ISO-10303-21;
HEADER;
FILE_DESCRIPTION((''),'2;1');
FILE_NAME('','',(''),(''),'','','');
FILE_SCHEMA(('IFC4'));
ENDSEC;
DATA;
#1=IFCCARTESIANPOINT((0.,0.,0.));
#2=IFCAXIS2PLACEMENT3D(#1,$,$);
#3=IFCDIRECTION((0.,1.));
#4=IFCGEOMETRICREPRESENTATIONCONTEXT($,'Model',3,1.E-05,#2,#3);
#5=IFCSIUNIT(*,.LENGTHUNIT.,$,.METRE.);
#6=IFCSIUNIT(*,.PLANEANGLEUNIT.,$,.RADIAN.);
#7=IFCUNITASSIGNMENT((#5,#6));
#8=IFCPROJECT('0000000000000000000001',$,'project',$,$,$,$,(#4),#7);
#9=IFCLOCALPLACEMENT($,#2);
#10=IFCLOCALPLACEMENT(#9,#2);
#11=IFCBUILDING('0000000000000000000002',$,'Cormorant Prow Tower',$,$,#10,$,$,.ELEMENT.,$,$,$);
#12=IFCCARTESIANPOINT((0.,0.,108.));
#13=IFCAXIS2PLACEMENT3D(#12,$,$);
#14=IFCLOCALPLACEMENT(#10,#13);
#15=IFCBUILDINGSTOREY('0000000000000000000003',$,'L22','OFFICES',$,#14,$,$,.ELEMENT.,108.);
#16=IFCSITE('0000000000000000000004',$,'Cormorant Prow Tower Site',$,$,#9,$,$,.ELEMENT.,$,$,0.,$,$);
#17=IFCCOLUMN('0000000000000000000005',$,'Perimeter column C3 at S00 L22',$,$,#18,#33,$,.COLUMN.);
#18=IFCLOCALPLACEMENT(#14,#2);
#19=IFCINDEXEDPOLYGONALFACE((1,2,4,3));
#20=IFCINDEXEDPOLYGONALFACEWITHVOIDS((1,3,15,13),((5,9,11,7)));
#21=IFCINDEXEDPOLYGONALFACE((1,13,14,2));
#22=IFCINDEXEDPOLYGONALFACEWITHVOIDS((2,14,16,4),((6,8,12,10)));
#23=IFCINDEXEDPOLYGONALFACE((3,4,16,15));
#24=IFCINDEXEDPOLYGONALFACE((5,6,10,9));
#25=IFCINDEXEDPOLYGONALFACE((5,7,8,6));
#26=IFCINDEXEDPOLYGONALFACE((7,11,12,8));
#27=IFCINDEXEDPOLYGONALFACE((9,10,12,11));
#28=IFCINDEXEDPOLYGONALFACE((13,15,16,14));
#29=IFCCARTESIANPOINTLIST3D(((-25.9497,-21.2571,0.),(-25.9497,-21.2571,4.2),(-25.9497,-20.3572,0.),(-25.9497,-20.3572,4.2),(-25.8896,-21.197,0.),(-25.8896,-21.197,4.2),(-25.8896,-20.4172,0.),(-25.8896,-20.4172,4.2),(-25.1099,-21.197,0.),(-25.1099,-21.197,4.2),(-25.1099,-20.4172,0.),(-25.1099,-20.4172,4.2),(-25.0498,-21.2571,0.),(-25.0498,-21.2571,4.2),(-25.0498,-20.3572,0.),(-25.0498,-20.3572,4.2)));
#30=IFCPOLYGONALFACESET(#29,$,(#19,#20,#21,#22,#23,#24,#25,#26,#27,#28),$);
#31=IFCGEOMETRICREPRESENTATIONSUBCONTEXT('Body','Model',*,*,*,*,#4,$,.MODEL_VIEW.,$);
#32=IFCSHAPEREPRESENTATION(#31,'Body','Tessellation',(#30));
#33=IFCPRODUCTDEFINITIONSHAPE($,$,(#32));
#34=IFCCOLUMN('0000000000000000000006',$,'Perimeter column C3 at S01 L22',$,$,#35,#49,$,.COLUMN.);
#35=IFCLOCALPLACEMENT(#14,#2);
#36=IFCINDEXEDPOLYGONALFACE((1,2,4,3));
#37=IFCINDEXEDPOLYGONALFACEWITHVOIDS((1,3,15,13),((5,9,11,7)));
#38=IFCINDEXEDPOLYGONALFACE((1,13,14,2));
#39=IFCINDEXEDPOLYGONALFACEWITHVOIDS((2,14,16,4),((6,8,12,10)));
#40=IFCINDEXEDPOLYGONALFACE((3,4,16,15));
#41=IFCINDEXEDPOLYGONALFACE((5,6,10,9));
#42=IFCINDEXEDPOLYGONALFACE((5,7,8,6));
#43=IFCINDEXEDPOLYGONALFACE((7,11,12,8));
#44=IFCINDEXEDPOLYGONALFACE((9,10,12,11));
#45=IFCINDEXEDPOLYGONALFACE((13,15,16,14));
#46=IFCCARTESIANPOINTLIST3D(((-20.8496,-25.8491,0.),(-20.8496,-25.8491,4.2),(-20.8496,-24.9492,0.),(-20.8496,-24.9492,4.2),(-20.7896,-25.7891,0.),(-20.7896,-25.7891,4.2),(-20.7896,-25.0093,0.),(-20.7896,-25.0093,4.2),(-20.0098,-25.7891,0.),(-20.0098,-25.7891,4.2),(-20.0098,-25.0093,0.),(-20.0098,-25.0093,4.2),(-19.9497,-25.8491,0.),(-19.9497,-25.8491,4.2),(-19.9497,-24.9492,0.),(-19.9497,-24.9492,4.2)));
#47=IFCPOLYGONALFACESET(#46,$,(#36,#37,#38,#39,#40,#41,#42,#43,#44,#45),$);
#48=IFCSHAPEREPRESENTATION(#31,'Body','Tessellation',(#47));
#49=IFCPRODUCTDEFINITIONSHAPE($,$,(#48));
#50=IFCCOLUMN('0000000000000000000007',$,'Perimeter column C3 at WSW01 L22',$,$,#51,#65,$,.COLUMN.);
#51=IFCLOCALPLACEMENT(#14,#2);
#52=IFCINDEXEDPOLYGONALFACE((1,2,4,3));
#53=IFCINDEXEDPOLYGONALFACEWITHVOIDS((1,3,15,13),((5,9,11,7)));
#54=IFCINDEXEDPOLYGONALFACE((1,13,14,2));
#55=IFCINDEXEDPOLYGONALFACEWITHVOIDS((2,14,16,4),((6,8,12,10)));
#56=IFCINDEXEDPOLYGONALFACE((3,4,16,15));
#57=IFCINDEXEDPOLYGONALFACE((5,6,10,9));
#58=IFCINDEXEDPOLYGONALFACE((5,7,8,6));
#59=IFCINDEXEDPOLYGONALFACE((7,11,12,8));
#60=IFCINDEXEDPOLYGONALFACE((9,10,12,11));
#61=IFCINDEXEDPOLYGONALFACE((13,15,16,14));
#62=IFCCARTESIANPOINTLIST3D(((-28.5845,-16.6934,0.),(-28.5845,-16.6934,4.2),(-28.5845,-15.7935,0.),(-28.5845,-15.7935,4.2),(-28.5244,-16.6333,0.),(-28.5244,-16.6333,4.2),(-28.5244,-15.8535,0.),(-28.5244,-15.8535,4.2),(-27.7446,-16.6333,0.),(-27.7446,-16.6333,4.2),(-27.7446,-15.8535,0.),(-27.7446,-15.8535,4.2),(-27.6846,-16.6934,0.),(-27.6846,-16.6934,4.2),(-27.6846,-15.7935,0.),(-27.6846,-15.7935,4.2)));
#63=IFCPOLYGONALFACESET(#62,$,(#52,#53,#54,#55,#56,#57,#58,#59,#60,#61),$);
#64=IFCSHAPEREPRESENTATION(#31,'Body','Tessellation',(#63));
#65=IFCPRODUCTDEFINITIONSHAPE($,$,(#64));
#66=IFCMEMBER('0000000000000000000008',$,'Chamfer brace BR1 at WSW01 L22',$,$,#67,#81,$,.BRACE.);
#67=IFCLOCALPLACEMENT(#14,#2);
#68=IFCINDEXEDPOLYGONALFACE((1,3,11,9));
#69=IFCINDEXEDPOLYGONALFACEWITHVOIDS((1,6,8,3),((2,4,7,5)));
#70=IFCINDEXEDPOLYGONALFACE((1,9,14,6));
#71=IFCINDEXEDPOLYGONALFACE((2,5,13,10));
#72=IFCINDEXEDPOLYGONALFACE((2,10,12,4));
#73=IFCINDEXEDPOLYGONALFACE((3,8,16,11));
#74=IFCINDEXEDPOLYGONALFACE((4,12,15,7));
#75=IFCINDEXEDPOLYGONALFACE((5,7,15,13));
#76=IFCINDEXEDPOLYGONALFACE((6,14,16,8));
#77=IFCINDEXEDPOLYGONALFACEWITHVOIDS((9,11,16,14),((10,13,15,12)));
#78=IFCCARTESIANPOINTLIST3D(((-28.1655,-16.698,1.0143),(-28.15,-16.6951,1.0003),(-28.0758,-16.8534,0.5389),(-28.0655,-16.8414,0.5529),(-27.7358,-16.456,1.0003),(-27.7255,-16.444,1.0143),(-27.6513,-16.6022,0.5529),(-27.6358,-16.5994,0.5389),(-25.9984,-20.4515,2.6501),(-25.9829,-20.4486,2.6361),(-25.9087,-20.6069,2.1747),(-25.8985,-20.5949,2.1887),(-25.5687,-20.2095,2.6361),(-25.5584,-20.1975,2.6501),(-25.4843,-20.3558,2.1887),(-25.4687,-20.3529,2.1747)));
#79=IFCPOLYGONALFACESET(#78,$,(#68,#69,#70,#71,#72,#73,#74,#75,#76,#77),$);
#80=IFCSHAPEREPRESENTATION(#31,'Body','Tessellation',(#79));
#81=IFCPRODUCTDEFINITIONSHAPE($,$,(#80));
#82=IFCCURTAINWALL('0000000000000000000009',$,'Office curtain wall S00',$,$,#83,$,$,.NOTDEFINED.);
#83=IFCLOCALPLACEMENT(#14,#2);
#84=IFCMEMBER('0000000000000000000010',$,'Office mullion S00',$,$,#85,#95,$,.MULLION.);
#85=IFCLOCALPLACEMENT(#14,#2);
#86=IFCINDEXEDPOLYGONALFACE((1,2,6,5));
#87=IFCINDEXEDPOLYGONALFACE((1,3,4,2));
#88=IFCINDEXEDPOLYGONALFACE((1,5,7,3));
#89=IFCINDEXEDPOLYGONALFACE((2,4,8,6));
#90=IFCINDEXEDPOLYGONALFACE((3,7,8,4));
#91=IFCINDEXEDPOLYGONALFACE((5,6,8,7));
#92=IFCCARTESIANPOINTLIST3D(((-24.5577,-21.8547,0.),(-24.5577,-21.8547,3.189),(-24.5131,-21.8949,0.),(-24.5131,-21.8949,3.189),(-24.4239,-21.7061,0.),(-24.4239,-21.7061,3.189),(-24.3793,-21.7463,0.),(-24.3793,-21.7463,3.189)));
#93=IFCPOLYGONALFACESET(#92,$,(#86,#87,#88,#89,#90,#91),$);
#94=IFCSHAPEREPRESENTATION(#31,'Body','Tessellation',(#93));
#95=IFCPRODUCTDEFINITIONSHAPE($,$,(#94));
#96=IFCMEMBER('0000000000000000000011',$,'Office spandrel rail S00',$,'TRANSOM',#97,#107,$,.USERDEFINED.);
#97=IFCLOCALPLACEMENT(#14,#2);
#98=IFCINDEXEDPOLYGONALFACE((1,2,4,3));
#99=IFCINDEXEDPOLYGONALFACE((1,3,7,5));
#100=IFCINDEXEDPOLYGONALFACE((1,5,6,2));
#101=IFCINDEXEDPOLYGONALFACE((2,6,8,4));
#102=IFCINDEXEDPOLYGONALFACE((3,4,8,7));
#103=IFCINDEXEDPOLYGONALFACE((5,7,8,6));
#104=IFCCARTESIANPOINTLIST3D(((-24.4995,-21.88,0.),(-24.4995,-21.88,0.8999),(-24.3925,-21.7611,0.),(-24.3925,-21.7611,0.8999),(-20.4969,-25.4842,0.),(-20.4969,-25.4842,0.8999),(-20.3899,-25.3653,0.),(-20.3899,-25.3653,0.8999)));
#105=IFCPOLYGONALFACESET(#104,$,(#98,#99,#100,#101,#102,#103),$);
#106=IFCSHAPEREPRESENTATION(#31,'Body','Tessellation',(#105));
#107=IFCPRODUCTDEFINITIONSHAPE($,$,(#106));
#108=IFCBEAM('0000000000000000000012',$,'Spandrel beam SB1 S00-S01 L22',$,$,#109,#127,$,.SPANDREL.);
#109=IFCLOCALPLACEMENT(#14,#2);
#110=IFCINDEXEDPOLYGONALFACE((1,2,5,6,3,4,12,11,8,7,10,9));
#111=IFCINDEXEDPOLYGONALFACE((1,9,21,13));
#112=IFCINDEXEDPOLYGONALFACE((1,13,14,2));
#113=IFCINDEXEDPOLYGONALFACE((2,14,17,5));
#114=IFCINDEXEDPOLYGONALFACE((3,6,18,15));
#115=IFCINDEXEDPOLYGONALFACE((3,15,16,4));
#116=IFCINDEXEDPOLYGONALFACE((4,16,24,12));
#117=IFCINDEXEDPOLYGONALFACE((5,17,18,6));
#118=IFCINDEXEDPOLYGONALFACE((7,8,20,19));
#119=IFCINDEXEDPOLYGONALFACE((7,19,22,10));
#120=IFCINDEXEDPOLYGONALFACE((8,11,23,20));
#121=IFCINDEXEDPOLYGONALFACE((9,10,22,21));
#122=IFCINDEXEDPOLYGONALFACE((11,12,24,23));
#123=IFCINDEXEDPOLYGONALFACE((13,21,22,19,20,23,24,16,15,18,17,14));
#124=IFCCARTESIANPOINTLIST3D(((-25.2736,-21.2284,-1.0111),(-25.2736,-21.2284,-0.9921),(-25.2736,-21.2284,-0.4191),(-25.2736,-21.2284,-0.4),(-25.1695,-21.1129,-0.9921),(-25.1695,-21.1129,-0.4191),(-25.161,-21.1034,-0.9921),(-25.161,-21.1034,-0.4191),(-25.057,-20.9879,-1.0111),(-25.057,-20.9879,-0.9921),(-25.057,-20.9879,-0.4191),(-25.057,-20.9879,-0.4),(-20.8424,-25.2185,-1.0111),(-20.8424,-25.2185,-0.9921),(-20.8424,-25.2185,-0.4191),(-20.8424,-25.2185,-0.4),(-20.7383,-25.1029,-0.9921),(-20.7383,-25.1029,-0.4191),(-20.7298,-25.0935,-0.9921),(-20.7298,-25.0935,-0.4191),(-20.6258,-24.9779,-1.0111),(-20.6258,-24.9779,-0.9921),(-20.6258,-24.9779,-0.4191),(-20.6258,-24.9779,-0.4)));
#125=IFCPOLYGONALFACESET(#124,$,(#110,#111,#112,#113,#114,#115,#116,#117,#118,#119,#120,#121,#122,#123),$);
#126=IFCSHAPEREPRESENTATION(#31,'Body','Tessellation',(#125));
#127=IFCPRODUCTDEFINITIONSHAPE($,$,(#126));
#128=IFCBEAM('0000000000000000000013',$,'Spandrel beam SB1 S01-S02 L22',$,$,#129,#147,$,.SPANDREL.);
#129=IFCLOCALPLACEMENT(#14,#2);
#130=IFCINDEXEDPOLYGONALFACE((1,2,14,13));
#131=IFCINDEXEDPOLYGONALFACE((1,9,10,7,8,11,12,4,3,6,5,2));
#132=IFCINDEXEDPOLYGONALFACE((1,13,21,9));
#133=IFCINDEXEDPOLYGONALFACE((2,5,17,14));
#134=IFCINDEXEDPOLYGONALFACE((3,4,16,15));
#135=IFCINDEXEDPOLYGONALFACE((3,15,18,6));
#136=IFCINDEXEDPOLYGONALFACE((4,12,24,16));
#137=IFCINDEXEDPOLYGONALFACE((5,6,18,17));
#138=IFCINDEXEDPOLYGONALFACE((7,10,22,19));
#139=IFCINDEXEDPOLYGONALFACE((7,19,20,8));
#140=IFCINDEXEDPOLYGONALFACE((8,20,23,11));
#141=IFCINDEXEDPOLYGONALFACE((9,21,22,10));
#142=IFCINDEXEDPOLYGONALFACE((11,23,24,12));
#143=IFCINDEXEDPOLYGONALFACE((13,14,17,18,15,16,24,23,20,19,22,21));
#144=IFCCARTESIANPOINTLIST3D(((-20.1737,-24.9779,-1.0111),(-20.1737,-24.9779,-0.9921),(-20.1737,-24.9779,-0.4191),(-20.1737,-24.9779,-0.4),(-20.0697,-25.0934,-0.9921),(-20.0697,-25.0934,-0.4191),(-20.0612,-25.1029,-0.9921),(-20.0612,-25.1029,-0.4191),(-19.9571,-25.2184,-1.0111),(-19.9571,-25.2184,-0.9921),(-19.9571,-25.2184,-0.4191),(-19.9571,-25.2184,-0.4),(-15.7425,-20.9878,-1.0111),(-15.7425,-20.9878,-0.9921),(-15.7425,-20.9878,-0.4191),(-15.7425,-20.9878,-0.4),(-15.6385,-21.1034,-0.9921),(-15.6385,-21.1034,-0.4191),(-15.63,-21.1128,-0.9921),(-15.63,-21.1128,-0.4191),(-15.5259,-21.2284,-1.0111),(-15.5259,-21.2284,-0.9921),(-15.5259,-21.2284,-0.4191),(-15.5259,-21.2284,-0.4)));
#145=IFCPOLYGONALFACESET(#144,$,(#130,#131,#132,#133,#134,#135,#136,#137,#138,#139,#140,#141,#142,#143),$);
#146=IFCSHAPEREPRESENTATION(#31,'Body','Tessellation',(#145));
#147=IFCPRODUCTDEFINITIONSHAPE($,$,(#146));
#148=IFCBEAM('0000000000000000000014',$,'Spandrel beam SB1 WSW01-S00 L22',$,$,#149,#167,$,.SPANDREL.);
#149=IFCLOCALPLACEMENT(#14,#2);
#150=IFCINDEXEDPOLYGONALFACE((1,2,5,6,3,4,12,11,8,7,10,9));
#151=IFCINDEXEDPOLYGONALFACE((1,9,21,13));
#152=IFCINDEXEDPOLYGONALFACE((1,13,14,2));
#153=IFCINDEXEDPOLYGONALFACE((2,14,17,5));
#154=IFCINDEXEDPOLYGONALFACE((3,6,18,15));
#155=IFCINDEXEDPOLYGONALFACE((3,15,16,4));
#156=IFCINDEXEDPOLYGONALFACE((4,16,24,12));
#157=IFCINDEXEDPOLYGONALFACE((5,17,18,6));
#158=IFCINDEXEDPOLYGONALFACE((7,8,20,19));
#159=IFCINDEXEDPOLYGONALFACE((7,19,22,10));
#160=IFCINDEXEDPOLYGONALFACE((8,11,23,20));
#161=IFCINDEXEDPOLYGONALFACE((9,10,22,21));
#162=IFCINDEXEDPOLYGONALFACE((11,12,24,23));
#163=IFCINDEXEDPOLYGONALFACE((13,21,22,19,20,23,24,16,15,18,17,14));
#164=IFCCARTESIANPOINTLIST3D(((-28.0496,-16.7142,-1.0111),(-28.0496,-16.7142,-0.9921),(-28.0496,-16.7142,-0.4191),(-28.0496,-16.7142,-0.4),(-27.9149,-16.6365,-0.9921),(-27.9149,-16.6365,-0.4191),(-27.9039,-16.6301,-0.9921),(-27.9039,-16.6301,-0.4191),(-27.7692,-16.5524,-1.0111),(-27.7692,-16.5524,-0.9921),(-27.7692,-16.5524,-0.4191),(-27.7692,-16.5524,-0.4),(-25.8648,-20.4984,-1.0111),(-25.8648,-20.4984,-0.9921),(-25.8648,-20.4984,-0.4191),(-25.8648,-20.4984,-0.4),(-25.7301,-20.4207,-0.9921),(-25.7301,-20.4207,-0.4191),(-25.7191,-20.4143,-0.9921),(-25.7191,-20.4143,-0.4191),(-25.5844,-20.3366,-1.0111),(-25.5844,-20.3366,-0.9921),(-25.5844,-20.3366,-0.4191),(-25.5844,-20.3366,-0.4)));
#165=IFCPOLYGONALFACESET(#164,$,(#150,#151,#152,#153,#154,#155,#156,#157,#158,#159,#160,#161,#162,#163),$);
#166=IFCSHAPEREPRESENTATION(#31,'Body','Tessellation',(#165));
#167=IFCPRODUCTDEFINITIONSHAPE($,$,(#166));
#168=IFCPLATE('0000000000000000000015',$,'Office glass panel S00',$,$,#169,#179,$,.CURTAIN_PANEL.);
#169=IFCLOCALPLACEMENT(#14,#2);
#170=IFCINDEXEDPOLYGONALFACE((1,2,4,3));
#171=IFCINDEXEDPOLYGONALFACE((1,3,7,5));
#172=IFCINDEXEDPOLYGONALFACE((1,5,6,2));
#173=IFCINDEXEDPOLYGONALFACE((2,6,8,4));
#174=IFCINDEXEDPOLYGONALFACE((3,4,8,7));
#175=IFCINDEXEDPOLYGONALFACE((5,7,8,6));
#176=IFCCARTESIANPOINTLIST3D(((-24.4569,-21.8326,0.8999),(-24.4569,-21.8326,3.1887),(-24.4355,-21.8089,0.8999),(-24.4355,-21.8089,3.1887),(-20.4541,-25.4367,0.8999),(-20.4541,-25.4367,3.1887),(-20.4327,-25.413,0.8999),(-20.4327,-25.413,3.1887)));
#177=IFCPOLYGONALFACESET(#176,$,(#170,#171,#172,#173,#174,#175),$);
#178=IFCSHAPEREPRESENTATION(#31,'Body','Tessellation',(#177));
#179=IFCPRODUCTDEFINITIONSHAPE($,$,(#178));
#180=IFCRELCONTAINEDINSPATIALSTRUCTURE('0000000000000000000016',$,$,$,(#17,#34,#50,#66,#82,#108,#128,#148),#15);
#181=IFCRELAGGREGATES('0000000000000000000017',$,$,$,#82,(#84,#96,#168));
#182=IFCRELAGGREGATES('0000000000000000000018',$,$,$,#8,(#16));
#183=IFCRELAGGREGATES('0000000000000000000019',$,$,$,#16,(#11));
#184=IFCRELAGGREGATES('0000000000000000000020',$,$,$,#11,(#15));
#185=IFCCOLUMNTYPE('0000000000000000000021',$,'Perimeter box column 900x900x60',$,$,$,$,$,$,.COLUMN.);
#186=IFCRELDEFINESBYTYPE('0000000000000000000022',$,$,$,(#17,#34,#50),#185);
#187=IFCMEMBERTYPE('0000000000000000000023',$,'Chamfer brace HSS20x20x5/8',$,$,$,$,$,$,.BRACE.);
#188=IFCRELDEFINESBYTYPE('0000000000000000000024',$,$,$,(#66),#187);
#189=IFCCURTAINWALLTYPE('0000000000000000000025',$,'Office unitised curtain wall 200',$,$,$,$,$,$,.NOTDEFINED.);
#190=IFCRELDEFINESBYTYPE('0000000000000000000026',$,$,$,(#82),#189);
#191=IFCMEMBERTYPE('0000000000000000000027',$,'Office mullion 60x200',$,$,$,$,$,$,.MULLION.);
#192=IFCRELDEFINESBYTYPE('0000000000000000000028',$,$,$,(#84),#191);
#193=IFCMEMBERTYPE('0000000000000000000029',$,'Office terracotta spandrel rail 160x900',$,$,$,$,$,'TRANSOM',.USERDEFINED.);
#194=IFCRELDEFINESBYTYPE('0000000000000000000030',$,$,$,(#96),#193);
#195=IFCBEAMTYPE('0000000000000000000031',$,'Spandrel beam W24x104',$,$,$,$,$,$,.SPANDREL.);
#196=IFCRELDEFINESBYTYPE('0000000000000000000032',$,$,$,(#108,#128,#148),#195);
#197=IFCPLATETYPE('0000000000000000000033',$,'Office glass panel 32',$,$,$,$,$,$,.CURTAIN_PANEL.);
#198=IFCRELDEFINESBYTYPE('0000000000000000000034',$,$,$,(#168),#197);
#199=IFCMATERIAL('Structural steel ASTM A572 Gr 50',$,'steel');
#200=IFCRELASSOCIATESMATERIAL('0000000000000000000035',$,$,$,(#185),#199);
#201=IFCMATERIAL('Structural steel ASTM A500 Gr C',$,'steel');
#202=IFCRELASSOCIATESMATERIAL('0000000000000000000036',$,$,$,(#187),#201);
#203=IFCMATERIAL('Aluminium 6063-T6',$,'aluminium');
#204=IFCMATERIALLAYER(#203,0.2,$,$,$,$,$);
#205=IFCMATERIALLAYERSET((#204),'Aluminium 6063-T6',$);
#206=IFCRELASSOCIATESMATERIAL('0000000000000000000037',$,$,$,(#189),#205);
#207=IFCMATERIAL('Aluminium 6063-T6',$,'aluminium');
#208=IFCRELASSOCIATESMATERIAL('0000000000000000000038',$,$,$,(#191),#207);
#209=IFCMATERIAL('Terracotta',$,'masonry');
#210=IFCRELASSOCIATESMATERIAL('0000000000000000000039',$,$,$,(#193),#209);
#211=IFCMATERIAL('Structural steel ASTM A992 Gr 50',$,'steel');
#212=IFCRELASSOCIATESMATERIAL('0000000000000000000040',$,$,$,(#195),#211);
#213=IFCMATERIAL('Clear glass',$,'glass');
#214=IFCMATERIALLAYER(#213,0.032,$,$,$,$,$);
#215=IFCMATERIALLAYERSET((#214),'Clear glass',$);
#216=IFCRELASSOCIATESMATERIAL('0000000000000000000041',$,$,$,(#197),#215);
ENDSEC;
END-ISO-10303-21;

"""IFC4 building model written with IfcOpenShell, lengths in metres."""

from ifc_helpers import new_model, si_unit, direction, frame, origin, origin_2d, place, context, subcontext, project, spatial, rectangle, hollow_rectangle, i_section, extrude, material, layer, layer_set, material_profile, profile_set, type_object, element, aggregate, save


model = new_model("IFC4")

# Units and contexts
model_context = context("Model", 3, precision=1e-05, world=origin(), true_north=direction((0.0, 1.0)))
body_context = subcontext(model_context, "Body", "Model", "MODEL_VIEW")
ifc_project = project(units=[si_unit("LENGTHUNIT", "METRE"), si_unit("PLANEANGLEUNIT", "RADIAN")], contexts=[model_context])

# Site, building, storey
site_placement = place(None, origin())
site = spatial("IfcSite", under=ifc_project, at=site_placement, Name="Cormorant Prow Tower Site", CompositionType="ELEMENT", RefElevation=0.0)
building_placement = place(site_placement, origin())
building = spatial("IfcBuilding", under=site, at=building_placement, Name="Cormorant Prow Tower", CompositionType="ELEMENT")
storey_placement = place(building_placement, frame((0.0, 0.0, 108.0)))
storey = spatial("IfcBuildingStorey", under=building, at=storey_placement, Name="L22", Description="OFFICES", CompositionType="ELEMENT", Elevation=108.0)

# Columns
ifc_material_1 = material(Name="Structural steel ASTM A572 Gr 50", Category="steel")
ifc_material_profile_1 = material_profile(ifc_material_1, hollow_rectangle(XDim=0.8999, YDim=0.8999, WallThickness=0.0601, at=origin_2d()), Name="Box 900x900x60")
ifc_profile_set_1 = profile_set([ifc_material_profile_1], Name="Structural steel ASTM A572 Gr 50")
column_type = type_object("IfcColumnType", Name="Perimeter box column 900x900x60", PredefinedType="COLUMN", material=ifc_profile_set_1)
for number, where, z_axis, x_axis, name in (
    (1, (-25.4998, -20.8071, 0.0), (0.0, 0.0, 1.0), (1.0, 0.0, 0.0), "Perimeter column C3 at S00 L22"),
    (2, (-20.3997, -25.3992, 0.0), (0.0, 0.0, 1.0), (1.0, 0.0, 0.0), "Perimeter column C3 at S01 L22"),
    (3, (-28.1345, -16.2434, 0.0), (0.0, 0.0, 1.0), (1.0, 0.0, 0.0), "Perimeter column C3 at WSW01 L22"),
):
    element("IfcColumn", number, at=place(storey_placement, frame(where, z_axis=z_axis, x_axis=x_axis)), inside=storey, type_object=column_type, Name=name, PredefinedType="COLUMN", context=body_context, shape_type="SweptSolid", body=[
        extrude(hollow_rectangle(XDim=0.8999, YDim=0.8999, WallThickness=0.0601, at=origin_2d()), origin(), (0.0, 0.0, 1.0), 4.2),
    ])

# Member
ifc_material_2 = material(Name="Structural steel ASTM A500 Gr C", Category="steel")
ifc_material_profile_2 = material_profile(ifc_material_2, hollow_rectangle(XDim=0.5081, YDim=0.5081, WallThickness=0.0149, at=origin_2d()), Name="HSS20x20x5/8")
ifc_profile_set_2 = profile_set([ifc_material_profile_2], Name="Structural steel ASTM A500 Gr C")
member_type_1 = type_object("IfcMemberType", Name="Chamfer brace HSS20x20x5/8", PredefinedType="BRACE", material=ifc_profile_set_2)
member_1_placement = place(storey_placement, frame((-27.9006, -16.6487, 0.7766), z_axis=(0.467785, -0.810244, 0.353105), x_axis=(0.86603, 0.499992, 0.0)))
element("IfcMember", 4, at=member_1_placement, inside=storey, type_object=member_type_1, Name="Chamfer brace BR1 at WSW01 L22", PredefinedType="BRACE", context=body_context, shape_type="SweptSolid", body=[
    extrude(hollow_rectangle(XDim=0.5081, YDim=0.5081, WallThickness=0.0149, at=origin_2d()), origin(), (0.0, 0.0, 1.0), 4.6326),
])

# Curtain wall, members
ifc_material_3 = material(Name="Aluminium 6063-T6", Category="aluminium")
ifc_layer_1 = layer(ifc_material_3, 0.2)
ifc_layer_set_1 = layer_set([ifc_layer_1], Name="Aluminium 6063-T6")
curtain_wall_type = type_object("IfcCurtainWallType", Name="Office unitised curtain wall 200", PredefinedType="NOTDEFINED", material=ifc_layer_set_1)
curtain_wall_placement = place(storey_placement, origin())
curtain_wall = element("IfcCurtainWall", 5, at=curtain_wall_placement, inside=storey, type_object=curtain_wall_type, Name="Office curtain wall S00", PredefinedType="NOTDEFINED")
ifc_material_4 = material(Name="Aluminium 6063-T6", Category="aluminium")
ifc_material_profile_3 = material_profile(ifc_material_4, rectangle(XDim=0.2, YDim=0.0601, at=origin_2d()), Name="Office mullion 60x200")
ifc_profile_set_3 = profile_set([ifc_material_profile_3], Name="Aluminium 6063-T6")
member_type_2 = type_object("IfcMemberType", Name="Office mullion 60x200", PredefinedType="MULLION", material=ifc_profile_set_3)
member_2_placement = place(storey_placement, frame((-24.4685, -21.8005, 0.0), z_axis=(0.0, 0.0, 1.0), x_axis=(0.669131, 0.743145, 0.0)))
member_2 = element("IfcMember", 6, at=member_2_placement, type_object=member_type_2, Name="Office mullion S00", PredefinedType="MULLION", context=body_context, shape_type="SweptSolid", body=[
    extrude(rectangle(XDim=0.2, YDim=0.0601, at=origin_2d()), origin(), (0.0, 0.0, 1.0), 3.189),
])
ifc_material_5 = material(Name="Terracotta", Category="masonry")
ifc_material_profile_4 = material_profile(ifc_material_5, rectangle(XDim=0.1599, YDim=0.8999, at=origin_2d()), Name="Office terracotta spandrel rail 160x900")
ifc_profile_set_4 = profile_set([ifc_material_profile_4], Name="Terracotta")
member_type_3 = type_object("IfcMemberType", Name="Office terracotta spandrel rail 160x900", ElementType="TRANSOM", PredefinedType="USERDEFINED", material=ifc_profile_set_4)
member_3_placement = place(storey_placement, frame((-24.446, -21.8206, 0.45), z_axis=(0.743125, -0.669153, 0.0), x_axis=(0.669153, 0.743125, 0.0)))
member_3 = element("IfcMember", 7, at=member_3_placement, type_object=member_type_3, Name="Office spandrel rail S00", ObjectType="TRANSOM", PredefinedType="USERDEFINED", context=body_context, shape_type="SweptSolid", body=[
    extrude(rectangle(XDim=0.1599, YDim=0.8999, at=origin_2d()), origin(), (0.0, 0.0, 1.0), 5.3862),
])

# Beams
ifc_material_6 = material(Name="Structural steel ASTM A992 Gr 50", Category="steel")
ifc_material_profile_5 = material_profile(ifc_material_6, i_section(OverallWidth=0.3237, OverallDepth=0.6111, WebThickness=0.0127, FlangeThickness=0.019, at=origin_2d()), Name="W24x104")
ifc_profile_set_5 = profile_set([ifc_material_profile_5], Name="Structural steel ASTM A992 Gr 50")
beam_type = type_object("IfcBeamType", Name="Spandrel beam W24x104", PredefinedType="SPANDREL", material=ifc_profile_set_5)
for number, where, z_axis, x_axis, name in (
    (8, (-25.1653, -21.1082, -0.7056), (0.743131, -0.669146, 0.0), (0.669146, 0.743131, 0.0), "Spandrel beam SB1 S00-S01 L22"),
    (9, (-20.0654, -25.0981, -0.7056), (0.743131, 0.669146, 0.0), (-0.669146, 0.743131, 0.0), "Spandrel beam SB1 S01-S02 L22"),
):
    element("IfcBeam", number, at=place(storey_placement, frame(where, z_axis=z_axis, x_axis=x_axis)), inside=storey, type_object=beam_type, Name=name, PredefinedType="SPANDREL", context=body_context, shape_type="SweptSolid", body=[
        extrude(i_section(OverallWidth=0.3237, OverallDepth=0.6111, WebThickness=0.0127, FlangeThickness=0.019, at=origin_2d()), origin(), (0.0, 0.0, 1.0), 5.9629),
    ])
beam_placement = place(storey_placement, frame((-27.9094, -16.6333, -0.7056), z_axis=(0.500003, -0.866024, 0.0), x_axis=(0.866024, 0.500003, 0.0)))
element("IfcBeam", 10, at=beam_placement, inside=storey, type_object=beam_type, Name="Spandrel beam SB1 WSW01-S00 L22", PredefinedType="SPANDREL", context=body_context, shape_type="SweptSolid", body=[
    extrude(i_section(OverallWidth=0.3237, OverallDepth=0.6111, WebThickness=0.0127, FlangeThickness=0.019, at=origin_2d()), origin(), (0.0, 0.0, 1.0), 4.3696),
])

# Plate
ifc_material_7 = material(Name="Clear glass", Category="glass")
ifc_layer_2 = layer(ifc_material_7, 0.032)
ifc_layer_set_2 = layer_set([ifc_layer_2], Name="Clear glass")
plate_type = type_object("IfcPlateType", Name="Office glass panel 32", PredefinedType="CURTAIN_PANEL", material=ifc_layer_set_2)
plate_placement = place(storey_placement, frame((-22.4448, -23.6228, 0.8999), z_axis=(0.0, 0.0, 1.0), x_axis=(0.743145, -0.669131, 0.0)))
plate = element("IfcPlate", 11, at=plate_placement, type_object=plate_type, Name="Office glass panel S00", PredefinedType="CURTAIN_PANEL", context=body_context, shape_type="SweptSolid", body=[
    extrude(rectangle(XDim=5.3862, YDim=0.032, at=origin_2d()), origin(), (0.0, 0.0, 1.0), 2.2888),
])
aggregate(curtain_wall, [member_2, member_3, plate])

save(model, "model.ifc")
